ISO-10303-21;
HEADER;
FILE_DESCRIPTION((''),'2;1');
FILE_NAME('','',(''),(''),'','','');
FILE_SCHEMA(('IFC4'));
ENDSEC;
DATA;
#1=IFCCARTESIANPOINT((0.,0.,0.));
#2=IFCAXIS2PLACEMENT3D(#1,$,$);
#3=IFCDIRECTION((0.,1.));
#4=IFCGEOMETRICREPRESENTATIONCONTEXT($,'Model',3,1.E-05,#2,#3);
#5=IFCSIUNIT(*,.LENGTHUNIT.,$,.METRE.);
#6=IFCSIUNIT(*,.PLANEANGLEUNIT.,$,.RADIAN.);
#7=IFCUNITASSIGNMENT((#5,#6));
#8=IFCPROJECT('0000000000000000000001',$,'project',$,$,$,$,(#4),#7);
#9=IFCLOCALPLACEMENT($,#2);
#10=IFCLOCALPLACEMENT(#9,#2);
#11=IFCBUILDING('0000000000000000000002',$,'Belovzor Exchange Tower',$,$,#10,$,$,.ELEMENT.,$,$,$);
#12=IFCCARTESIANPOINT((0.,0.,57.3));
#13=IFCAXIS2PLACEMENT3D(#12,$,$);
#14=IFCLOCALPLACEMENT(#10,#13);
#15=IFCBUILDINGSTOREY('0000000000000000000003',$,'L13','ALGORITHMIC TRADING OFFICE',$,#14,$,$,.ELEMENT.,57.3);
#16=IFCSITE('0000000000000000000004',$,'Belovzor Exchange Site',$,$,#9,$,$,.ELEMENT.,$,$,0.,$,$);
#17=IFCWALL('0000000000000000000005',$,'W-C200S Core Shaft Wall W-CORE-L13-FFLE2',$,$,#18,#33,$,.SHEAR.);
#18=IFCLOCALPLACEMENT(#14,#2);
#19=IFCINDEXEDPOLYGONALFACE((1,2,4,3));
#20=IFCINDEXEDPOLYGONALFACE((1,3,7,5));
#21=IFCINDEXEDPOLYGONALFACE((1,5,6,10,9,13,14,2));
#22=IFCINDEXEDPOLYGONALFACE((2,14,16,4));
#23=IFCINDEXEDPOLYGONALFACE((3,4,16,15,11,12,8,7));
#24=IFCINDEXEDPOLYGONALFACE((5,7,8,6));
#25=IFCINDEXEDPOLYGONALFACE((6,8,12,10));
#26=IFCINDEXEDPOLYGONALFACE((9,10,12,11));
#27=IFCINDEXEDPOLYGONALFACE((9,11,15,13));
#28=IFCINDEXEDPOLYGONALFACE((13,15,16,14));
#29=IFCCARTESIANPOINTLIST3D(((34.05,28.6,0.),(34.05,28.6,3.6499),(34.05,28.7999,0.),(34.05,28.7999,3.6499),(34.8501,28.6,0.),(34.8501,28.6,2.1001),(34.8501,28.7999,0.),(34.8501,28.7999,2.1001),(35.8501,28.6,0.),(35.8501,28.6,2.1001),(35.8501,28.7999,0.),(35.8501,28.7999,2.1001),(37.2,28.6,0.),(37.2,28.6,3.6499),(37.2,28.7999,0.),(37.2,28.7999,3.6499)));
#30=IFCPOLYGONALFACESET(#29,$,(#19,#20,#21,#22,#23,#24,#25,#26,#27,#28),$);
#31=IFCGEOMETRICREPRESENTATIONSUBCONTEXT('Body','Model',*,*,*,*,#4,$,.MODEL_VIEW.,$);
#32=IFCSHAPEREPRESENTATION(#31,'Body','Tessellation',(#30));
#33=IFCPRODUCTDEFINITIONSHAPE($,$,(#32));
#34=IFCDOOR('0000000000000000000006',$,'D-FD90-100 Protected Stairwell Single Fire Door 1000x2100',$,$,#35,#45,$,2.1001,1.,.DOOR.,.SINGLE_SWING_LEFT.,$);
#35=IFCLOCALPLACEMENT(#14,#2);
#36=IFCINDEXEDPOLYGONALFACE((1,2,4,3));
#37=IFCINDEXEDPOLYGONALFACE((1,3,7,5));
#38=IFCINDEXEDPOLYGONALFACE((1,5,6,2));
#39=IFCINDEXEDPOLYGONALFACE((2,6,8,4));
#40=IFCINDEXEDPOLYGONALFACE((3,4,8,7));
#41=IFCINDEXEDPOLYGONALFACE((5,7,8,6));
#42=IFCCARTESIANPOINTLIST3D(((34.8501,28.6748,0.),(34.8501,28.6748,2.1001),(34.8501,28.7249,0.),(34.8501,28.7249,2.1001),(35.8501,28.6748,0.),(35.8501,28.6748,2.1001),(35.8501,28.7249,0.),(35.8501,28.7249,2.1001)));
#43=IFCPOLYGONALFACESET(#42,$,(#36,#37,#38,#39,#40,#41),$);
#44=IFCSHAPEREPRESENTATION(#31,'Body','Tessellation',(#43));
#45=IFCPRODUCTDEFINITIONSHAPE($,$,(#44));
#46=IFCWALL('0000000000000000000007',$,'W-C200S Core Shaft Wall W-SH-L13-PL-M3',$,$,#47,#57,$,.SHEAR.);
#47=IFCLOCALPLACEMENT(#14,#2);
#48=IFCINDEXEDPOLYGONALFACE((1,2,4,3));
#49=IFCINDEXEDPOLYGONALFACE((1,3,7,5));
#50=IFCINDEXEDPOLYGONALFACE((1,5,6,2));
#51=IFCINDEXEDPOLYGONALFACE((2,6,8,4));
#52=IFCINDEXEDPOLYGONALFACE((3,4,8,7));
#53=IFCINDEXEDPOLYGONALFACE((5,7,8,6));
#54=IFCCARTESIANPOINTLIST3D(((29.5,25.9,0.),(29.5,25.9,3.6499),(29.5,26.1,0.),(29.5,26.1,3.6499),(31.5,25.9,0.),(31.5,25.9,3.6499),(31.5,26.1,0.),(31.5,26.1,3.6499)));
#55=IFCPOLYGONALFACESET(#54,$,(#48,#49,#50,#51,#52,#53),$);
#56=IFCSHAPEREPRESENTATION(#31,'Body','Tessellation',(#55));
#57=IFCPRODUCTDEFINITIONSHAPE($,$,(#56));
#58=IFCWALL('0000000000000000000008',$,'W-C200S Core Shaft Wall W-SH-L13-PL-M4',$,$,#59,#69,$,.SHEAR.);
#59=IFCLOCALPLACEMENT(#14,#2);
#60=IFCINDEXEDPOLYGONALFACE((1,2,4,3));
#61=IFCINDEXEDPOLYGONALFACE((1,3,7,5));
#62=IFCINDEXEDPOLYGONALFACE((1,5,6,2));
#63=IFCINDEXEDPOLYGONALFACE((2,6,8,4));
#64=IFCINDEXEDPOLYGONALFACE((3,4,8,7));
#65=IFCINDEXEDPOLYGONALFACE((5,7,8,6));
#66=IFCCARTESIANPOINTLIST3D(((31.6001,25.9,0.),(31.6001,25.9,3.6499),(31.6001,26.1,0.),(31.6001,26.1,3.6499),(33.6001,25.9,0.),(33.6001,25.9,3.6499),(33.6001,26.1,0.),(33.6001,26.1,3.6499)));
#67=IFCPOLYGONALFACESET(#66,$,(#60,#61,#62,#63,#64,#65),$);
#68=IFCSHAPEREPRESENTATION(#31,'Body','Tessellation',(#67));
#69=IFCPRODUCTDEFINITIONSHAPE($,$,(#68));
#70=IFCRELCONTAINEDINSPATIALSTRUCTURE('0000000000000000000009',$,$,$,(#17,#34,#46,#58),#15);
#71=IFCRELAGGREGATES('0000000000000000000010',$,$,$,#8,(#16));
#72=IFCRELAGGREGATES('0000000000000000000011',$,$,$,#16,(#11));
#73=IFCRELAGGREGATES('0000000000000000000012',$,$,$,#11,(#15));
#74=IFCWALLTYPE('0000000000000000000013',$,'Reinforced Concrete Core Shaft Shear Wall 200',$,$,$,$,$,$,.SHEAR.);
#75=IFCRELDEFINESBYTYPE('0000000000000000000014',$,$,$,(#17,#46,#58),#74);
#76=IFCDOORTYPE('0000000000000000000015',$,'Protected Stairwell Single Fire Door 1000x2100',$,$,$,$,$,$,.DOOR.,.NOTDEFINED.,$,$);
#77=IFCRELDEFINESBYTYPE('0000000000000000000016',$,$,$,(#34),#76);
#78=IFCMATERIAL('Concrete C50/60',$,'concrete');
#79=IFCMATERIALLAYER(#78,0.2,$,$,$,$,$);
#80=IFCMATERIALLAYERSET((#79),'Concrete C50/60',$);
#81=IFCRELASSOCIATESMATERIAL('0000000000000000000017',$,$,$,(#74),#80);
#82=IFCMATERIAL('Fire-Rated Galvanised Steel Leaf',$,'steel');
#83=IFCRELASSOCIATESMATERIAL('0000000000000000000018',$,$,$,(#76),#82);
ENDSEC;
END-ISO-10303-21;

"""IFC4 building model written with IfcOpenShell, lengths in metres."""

from ifc_helpers import new_model, si_unit, direction, frame, frame_2d, origin, place, context, subcontext, project, spatial, rectangle, extrude, material, layer, layer_set, type_object, element, fill, save


model = new_model("IFC4")

# Units and contexts
model_context = context("Model", 3, precision=1e-05, world=origin(), true_north=direction((0.0, 1.0)))
body_context = subcontext(model_context, "Body", "Model", "MODEL_VIEW")
ifc_project = project(units=[si_unit("LENGTHUNIT", "METRE"), si_unit("PLANEANGLEUNIT", "RADIAN")], contexts=[model_context])

# Site, building, storey
site_placement = place(None, origin())
site = spatial("IfcSite", under=ifc_project, at=site_placement, Name="Belovzor Exchange Site", CompositionType="ELEMENT", RefElevation=0.0)
building_placement = place(site_placement, origin())
building = spatial("IfcBuilding", under=site, at=building_placement, Name="Belovzor Exchange Tower", CompositionType="ELEMENT")
storey_placement = place(building_placement, frame((0.0, 0.0, 57.3)))
storey = spatial("IfcBuildingStorey", under=building, at=storey_placement, Name="L13", Description="ALGORITHMIC TRADING OFFICE", CompositionType="ELEMENT", Elevation=57.3)

# Wall, opening, door
ifc_material_1 = material(Name="Concrete C50/60", Category="concrete")
ifc_layer_1 = layer(ifc_material_1, 0.2)
ifc_layer_set_1 = layer_set([ifc_layer_1], Name="Concrete C50/60")
wall_type_1 = type_object("IfcWallType", Name="Reinforced Concrete Core Shaft Shear Wall 200", PredefinedType="SHEAR", material=ifc_layer_set_1)
wall_1_placement = place(storey_placement, frame((34.05, 28.7, 0.0), z_axis=(0.0, 0.0, 1.0), x_axis=(1.0, 0.0, 0.0)))
wall_1 = element("IfcWall", 1, at=wall_1_placement, inside=storey, type_object=wall_type_1, Name="W-C200S Core Shaft Wall W-CORE-L13-FFLE2", PredefinedType="SHEAR", context=body_context, shape_type="SweptSolid", body=[
    extrude(rectangle(XDim=3.1499, YDim=0.2, at=frame_2d((1.575, 0.0))), origin(), (0.0, 0.0, 1.0), 3.6499),
])
opening_1_placement = place(wall_1_placement, frame((0.8, 0.0, 0.0)))
opening_1 = element("IfcOpeningElement", 2, at=opening_1_placement, cuts=wall_1, PredefinedType="OPENING", context=body_context, shape_type="SweptSolid", body=[
    extrude(rectangle(XDim=1.0, YDim=2.1001, at=frame_2d((0.5, 1.05))), frame((0.0, 0.1099, 0.0), z_axis=(0.0, -1.0, 0.0), x_axis=(1.0, 0.0, 0.0)), (0.0, 0.0, 1.0), 0.22),
])
ifc_material_2 = material(Name="Fire-Rated Galvanised Steel Leaf", Category="steel")
door_type_1 = type_object("IfcDoorType", Name="Protected Stairwell Single Fire Door 1000x2100", OperationType="NOTDEFINED", PredefinedType="DOOR", material=ifc_material_2)
door_1_placement = place(opening_1_placement, origin())
door_1 = element("IfcDoor", 3, at=door_1_placement, inside=storey, type_object=door_type_1, Name="D-FD90-100 Protected Stairwell Single Fire Door 1000x2100", OperationType="SINGLE_SWING_LEFT", OverallHeight=2.1001, OverallWidth=1.0, PredefinedType="DOOR", context=body_context, shape_type="SweptSolid", body=[
    extrude(rectangle(XDim=1.0, YDim=2.1001, at=frame_2d((0.5, 1.05))), frame((0.0, 0.0249, 0.0), z_axis=(0.0, -1.0, 0.0), x_axis=(1.0, 0.0, 0.0)), (0.0, 0.0, 1.0), 0.05),
])
fill(opening_1, door_1)

# Walls
for number, where, z_axis, x_axis, name in (
    (4, (29.5, 26.0, 0.0), (0.0, 0.0, 1.0), (1.0, 0.0, 0.0), "W-C200S Core Shaft Wall W-SH-L13-PL-M3"),
    (5, (31.6001, 26.0, 0.0), (0.0, 0.0, 1.0), (1.0, 0.0, 0.0), "W-C200S Core Shaft Wall W-SH-L13-PL-M4"),
):
    element("IfcWall", number, at=place(storey_placement, frame(where, z_axis=z_axis, x_axis=x_axis)), inside=storey, type_object=wall_type_1, Name=name, PredefinedType="SHEAR", context=body_context, shape_type="SweptSolid", body=[
        extrude(rectangle(XDim=2.0, YDim=0.2, at=frame_2d((1.0, 0.0))), origin(), (0.0, 0.0, 1.0), 3.6499),
    ])

save(model, "model.ifc")
